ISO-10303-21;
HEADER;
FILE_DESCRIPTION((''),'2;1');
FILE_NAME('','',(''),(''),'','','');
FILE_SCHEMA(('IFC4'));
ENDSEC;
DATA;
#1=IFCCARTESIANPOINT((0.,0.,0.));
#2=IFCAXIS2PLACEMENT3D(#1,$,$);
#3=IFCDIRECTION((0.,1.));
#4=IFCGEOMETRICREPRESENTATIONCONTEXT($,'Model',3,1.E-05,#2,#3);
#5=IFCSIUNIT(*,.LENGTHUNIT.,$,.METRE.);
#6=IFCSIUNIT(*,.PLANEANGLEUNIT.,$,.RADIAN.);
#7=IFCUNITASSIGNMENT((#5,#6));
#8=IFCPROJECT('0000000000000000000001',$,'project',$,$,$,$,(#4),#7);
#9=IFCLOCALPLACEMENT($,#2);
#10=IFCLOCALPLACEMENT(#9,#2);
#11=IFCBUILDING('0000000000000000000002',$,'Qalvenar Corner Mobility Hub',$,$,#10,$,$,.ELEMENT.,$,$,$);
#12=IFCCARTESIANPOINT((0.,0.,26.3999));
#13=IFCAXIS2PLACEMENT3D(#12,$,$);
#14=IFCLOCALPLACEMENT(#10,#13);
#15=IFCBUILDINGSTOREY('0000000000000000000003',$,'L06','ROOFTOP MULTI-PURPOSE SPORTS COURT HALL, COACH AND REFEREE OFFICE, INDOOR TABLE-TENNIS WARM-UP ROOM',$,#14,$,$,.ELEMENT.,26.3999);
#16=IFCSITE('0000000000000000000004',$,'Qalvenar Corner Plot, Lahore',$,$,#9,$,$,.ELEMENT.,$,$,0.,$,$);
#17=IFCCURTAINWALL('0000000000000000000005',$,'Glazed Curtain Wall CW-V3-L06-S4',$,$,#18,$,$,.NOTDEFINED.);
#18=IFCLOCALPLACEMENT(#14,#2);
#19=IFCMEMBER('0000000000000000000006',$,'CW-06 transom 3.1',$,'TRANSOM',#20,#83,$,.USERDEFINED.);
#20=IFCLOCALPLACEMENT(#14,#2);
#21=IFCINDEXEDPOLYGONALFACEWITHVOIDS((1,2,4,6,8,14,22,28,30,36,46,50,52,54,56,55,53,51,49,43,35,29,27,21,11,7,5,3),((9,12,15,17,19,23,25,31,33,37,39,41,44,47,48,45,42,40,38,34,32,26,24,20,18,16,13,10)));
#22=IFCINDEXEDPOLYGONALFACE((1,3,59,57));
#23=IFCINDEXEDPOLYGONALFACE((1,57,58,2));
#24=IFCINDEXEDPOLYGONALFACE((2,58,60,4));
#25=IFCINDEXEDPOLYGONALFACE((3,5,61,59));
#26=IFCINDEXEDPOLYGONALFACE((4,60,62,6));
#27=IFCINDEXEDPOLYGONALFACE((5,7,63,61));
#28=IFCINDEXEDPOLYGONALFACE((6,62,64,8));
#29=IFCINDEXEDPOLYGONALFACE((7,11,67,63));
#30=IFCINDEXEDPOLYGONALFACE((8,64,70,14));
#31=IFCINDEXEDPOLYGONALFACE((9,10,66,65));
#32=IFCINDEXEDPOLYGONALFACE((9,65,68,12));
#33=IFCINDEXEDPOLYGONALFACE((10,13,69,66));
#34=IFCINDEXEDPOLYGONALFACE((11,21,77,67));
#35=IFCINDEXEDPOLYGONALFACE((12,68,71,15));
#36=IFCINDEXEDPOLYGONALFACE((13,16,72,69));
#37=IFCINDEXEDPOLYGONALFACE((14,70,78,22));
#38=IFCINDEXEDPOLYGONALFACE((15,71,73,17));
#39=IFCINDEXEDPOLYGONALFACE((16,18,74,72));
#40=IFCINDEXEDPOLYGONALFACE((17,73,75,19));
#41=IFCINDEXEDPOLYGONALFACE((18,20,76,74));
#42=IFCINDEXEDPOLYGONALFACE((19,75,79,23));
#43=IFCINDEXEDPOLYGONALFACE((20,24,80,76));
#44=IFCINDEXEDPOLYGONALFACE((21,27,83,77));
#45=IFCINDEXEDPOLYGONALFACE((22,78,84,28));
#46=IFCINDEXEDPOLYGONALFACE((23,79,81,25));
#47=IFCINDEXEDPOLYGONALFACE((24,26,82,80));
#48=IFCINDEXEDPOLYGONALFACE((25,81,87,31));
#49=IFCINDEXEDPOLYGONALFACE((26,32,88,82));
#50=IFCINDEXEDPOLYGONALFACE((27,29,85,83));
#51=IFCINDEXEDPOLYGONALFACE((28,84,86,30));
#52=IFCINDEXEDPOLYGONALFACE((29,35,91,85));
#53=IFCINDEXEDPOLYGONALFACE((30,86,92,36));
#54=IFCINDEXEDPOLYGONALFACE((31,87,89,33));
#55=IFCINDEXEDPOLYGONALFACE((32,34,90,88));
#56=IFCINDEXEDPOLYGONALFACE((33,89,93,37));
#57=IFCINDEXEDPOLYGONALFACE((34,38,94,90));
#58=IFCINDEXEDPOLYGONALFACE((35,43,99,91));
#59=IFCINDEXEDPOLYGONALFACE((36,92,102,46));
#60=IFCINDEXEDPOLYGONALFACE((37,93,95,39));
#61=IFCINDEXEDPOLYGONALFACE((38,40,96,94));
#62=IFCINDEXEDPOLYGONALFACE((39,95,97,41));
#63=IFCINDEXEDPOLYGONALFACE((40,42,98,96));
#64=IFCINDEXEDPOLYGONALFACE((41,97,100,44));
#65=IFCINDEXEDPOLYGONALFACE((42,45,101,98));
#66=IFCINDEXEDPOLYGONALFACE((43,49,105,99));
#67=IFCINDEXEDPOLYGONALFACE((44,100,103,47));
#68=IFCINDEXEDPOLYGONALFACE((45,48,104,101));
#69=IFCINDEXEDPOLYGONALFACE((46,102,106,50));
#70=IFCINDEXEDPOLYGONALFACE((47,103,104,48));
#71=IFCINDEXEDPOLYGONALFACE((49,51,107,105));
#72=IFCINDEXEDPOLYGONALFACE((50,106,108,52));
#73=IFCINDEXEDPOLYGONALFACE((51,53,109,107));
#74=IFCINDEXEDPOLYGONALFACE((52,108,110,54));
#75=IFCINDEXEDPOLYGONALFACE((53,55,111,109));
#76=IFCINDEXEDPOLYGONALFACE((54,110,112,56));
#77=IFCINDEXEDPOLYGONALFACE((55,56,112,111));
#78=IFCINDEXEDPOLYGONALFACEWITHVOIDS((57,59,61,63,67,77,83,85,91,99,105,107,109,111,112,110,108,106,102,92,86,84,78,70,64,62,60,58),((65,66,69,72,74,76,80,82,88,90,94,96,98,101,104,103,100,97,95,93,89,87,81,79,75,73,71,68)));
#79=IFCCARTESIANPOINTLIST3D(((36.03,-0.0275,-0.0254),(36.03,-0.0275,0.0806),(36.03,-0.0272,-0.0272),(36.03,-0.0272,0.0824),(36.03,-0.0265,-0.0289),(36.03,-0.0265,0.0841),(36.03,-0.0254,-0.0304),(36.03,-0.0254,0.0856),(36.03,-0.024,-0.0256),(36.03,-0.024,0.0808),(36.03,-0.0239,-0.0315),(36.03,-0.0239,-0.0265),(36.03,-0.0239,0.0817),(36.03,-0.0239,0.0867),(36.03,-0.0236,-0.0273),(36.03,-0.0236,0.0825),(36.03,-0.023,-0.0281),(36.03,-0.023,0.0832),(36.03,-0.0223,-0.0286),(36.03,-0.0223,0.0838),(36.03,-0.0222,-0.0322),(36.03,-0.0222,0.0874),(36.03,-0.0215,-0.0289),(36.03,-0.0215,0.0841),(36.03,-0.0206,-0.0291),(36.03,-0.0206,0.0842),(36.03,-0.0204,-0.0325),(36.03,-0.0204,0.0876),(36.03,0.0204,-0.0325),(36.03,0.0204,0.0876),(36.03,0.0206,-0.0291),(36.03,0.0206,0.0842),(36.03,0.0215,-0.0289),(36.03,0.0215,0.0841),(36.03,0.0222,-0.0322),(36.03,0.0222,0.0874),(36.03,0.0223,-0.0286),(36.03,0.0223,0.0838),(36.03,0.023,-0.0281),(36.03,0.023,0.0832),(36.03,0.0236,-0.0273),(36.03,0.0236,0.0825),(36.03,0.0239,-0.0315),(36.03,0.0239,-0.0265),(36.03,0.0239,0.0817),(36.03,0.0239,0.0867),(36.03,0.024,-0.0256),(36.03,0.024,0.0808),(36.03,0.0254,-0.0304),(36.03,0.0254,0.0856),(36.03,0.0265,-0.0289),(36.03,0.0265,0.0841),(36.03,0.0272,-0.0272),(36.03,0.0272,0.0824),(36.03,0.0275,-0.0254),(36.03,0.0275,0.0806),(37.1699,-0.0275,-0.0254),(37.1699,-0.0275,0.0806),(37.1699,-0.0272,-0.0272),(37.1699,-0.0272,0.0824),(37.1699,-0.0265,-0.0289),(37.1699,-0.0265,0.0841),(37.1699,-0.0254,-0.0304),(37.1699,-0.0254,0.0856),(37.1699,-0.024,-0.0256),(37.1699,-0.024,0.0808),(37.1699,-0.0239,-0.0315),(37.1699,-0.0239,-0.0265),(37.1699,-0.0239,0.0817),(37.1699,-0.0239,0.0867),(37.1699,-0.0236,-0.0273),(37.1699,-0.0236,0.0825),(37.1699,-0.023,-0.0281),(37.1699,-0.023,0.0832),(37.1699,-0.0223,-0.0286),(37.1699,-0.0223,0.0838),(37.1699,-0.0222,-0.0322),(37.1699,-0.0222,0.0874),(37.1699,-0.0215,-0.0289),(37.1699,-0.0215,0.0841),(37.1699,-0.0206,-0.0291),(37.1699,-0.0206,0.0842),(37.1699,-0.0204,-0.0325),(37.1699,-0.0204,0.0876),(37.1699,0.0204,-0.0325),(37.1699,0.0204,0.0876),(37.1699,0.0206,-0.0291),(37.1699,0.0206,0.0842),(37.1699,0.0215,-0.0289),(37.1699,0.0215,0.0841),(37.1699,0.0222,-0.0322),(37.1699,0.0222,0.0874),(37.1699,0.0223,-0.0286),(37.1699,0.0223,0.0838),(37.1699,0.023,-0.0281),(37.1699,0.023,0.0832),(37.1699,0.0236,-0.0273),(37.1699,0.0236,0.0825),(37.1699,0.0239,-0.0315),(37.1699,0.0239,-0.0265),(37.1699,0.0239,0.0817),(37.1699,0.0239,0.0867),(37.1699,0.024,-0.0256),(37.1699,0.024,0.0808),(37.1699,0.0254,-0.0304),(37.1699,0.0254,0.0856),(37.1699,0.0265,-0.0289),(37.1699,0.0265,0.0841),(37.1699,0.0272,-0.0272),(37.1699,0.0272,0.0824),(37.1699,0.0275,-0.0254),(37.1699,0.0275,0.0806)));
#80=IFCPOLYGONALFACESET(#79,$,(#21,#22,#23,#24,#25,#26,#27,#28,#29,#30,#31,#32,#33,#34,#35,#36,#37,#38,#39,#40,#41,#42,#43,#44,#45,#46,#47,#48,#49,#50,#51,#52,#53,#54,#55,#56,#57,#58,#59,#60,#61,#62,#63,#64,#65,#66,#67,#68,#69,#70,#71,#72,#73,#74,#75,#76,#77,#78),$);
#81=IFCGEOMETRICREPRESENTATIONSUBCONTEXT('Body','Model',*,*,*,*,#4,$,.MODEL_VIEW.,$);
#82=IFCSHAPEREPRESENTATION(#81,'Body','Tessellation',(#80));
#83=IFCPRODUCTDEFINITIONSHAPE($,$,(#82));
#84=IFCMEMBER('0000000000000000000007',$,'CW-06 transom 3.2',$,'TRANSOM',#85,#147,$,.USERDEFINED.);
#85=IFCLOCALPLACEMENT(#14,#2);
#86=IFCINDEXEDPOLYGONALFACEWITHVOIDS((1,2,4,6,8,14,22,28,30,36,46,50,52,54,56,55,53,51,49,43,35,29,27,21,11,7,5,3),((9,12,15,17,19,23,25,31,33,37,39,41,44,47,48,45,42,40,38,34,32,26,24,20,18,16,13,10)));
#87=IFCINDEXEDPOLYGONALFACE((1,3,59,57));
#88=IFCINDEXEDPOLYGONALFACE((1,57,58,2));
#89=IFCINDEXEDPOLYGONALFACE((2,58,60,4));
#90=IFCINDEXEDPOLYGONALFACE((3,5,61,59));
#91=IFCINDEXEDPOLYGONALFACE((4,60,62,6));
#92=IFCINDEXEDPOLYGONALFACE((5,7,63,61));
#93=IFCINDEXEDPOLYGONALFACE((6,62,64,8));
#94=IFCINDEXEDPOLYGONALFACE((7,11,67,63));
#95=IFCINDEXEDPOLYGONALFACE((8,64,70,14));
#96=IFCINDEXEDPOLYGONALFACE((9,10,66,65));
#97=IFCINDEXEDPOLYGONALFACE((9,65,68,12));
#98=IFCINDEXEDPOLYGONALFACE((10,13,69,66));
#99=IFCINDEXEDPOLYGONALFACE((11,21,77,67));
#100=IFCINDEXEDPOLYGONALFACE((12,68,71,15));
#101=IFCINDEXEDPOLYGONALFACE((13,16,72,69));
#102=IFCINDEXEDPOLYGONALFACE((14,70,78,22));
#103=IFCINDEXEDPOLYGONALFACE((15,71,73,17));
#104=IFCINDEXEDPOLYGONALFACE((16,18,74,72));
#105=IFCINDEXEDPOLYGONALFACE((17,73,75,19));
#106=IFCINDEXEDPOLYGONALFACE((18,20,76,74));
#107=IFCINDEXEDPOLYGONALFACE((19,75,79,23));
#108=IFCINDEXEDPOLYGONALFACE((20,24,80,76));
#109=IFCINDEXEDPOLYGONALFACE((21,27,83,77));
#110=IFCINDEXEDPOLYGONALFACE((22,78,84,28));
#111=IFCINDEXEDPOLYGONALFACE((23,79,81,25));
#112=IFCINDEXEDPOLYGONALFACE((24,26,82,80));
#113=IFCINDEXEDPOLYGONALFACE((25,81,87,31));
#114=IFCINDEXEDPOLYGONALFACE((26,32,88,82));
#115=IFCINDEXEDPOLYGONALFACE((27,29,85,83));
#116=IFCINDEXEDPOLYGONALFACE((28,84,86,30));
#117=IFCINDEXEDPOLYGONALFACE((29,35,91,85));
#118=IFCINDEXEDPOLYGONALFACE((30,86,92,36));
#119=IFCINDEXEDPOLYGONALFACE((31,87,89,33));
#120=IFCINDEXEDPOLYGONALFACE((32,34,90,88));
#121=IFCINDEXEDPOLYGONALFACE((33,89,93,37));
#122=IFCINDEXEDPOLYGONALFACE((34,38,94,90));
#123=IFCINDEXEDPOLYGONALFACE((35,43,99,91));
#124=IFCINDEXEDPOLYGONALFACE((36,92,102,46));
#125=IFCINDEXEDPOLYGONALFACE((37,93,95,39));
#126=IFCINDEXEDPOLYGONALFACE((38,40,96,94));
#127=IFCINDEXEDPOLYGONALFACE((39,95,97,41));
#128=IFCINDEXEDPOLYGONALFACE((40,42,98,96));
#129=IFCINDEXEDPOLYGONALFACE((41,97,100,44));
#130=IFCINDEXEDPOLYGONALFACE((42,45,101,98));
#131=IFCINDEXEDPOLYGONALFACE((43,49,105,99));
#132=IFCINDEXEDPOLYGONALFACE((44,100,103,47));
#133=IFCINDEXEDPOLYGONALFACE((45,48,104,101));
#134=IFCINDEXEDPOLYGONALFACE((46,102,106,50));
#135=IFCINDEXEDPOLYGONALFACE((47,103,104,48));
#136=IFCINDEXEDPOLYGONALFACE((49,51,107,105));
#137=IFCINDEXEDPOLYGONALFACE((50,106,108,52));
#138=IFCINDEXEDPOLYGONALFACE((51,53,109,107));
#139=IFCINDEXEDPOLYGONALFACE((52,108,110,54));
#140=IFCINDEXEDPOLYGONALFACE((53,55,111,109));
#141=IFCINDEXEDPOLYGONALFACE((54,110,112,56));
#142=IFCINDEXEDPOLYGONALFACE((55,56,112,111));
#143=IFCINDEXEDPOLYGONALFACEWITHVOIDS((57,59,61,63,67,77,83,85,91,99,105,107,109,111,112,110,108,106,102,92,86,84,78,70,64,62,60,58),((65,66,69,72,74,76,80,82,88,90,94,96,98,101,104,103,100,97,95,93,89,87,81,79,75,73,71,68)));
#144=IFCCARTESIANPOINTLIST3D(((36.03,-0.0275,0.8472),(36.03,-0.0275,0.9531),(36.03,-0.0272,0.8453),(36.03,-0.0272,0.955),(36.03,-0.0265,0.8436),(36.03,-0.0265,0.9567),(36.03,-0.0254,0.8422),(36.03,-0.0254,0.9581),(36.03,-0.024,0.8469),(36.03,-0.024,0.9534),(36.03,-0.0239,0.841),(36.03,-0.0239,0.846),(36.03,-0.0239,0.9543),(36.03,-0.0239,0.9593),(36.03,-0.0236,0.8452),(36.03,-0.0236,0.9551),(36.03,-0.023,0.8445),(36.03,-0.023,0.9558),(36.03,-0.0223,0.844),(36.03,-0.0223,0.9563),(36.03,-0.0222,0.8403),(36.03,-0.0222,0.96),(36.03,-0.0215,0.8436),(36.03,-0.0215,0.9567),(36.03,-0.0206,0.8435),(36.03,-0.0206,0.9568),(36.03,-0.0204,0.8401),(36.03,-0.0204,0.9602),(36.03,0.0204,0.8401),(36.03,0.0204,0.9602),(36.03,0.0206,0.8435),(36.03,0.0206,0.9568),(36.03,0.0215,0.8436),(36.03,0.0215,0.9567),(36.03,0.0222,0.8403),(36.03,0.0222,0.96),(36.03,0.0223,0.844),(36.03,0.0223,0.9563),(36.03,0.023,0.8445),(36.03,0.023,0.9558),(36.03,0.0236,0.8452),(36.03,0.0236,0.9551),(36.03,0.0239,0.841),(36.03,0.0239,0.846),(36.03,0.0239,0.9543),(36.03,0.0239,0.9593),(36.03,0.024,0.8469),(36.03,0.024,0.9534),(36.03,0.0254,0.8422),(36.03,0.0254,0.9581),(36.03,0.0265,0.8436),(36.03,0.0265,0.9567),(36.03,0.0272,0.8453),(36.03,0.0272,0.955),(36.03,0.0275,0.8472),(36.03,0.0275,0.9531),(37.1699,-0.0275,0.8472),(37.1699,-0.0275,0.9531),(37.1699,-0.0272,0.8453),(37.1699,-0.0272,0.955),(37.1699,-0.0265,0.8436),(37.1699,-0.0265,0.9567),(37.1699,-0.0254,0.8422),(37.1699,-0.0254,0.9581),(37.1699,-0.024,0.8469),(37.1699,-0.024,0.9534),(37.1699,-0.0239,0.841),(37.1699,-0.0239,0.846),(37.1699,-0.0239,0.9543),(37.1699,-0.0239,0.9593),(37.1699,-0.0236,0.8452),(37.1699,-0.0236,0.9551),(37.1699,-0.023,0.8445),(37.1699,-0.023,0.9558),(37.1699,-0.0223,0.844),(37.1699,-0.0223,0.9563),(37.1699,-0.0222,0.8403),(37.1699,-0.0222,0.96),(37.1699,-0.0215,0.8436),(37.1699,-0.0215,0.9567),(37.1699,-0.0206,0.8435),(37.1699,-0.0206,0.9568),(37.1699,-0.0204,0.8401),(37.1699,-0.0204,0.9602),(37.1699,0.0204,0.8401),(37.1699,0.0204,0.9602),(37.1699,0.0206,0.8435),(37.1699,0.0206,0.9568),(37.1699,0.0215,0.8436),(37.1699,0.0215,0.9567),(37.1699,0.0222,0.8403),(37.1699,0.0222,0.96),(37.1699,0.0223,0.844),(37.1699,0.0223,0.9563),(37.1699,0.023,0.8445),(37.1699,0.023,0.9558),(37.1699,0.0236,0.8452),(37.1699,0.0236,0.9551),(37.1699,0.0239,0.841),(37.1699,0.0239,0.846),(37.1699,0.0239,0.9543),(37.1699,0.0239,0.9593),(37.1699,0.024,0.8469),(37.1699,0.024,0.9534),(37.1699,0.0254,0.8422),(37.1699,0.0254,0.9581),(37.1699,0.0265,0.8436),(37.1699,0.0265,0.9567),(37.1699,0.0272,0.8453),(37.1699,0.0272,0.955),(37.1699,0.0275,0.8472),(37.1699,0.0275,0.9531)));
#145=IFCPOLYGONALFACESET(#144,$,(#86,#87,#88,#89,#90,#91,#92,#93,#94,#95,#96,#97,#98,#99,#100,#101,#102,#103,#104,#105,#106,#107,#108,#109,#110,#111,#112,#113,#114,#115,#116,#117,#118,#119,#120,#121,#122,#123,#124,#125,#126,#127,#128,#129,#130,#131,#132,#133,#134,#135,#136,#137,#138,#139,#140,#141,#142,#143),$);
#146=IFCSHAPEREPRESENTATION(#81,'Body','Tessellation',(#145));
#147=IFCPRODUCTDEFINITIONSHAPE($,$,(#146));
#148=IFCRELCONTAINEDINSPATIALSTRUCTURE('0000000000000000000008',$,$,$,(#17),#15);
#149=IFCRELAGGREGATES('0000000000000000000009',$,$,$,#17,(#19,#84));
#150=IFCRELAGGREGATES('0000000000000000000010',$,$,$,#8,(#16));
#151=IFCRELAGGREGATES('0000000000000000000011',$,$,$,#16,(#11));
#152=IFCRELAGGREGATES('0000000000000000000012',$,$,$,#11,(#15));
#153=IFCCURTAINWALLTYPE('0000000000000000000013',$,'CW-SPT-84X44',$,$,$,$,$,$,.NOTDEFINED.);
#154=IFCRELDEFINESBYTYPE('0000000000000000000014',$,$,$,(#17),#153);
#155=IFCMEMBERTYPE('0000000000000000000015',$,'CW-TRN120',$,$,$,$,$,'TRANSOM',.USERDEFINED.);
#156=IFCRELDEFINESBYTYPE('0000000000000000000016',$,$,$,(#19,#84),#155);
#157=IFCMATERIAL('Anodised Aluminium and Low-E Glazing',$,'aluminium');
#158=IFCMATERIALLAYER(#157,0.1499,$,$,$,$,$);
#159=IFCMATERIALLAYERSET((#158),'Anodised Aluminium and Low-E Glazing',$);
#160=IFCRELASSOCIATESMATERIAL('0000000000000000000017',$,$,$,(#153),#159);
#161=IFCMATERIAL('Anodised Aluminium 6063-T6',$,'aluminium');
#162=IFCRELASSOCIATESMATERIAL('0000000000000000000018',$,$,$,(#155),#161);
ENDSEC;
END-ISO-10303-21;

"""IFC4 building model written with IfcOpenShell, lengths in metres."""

from ifc_helpers import new_model, si_unit, direction, frame, origin, origin_2d, place, context, subcontext, project, spatial, hollow_rectangle, extrude, material, layer, layer_set, material_profile, profile_set, type_object, element, aggregate, save


model = new_model("IFC4")

# Units and contexts
model_context = context("Model", 3, precision=1e-05, world=origin(), true_north=direction((0.0, 1.0)))
body_context = subcontext(model_context, "Body", "Model", "MODEL_VIEW")
ifc_project = project(units=[si_unit("LENGTHUNIT", "METRE"), si_unit("PLANEANGLEUNIT", "RADIAN")], contexts=[model_context])

# Site, building, storey
site_placement = place(None, origin())
site = spatial("IfcSite", under=ifc_project, at=site_placement, Name="Qalvenar Corner Plot, Lahore", CompositionType="ELEMENT", RefElevation=0.0)
building_placement = place(site_placement, origin())
building = spatial("IfcBuilding", under=site, at=building_placement, Name="Qalvenar Corner Mobility Hub", CompositionType="ELEMENT")
storey_placement = place(building_placement, frame((0.0, 0.0, 26.3999)))
storey = spatial("IfcBuildingStorey", under=building, at=storey_placement, Name="L06", Description="ROOFTOP MULTI-PURPOSE SPORTS COURT HALL, COACH AND REFEREE OFFICE, INDOOR TABLE-TENNIS WARM-UP ROOM", CompositionType="ELEMENT", Elevation=26.3999)

# Curtain wall, members
ifc_material_1 = material(Name="Anodised Aluminium and Low-E Glazing", Category="aluminium")
ifc_layer_1 = layer(ifc_material_1, 0.1499)
ifc_layer_set_1 = layer_set([ifc_layer_1], Name="Anodised Aluminium and Low-E Glazing")
curtain_wall_type = type_object("IfcCurtainWallType", Name="CW-SPT-84X44", PredefinedType="NOTDEFINED", material=ifc_layer_set_1)
curtain_wall_placement = place(storey_placement, origin())
curtain_wall = element("IfcCurtainWall", 1, at=curtain_wall_placement, inside=storey, type_object=curtain_wall_type, Name="Glazed Curtain Wall CW-V3-L06-S4", PredefinedType="NOTDEFINED")
ifc_material_2 = material(Name="Anodised Aluminium 6063-T6", Category="aluminium")
ifc_material_profile_1 = material_profile(ifc_material_2, hollow_rectangle(XDim=0.0549, YDim=0.1201, WallThickness=0.0034, InnerFilletRadius=0.0034, OuterFilletRadius=0.0071, at=origin_2d()), Name="RHS120x55x3.5")
ifc_profile_set_1 = profile_set([ifc_material_profile_1], Name="Anodised Aluminium 6063-T6")
member_type_1 = type_object("IfcMemberType", Name="CW-TRN120", ElementType="TRANSOM", PredefinedType="USERDEFINED", material=ifc_profile_set_1)
member_1_placement = place(storey_placement, frame((36.03, 0.0, 0.0276), z_axis=(1.0, 0.0, 0.0), x_axis=(0.0, 1.0, 0.0)))
member_1 = element("IfcMember", 2, at=member_1_placement, type_object=member_type_1, Name="CW-06 transom 3.1", ObjectType="TRANSOM", PredefinedType="USERDEFINED", context=body_context, shape_type="SweptSolid", body=[
    extrude(hollow_rectangle(XDim=0.0549, YDim=0.1201, WallThickness=0.0034, InnerFilletRadius=0.0034, OuterFilletRadius=0.0071, at=origin_2d()), origin(), (0.0, 0.0, 1.0), 1.1399),
])
member_2_placement = place(storey_placement, frame((36.03, 0.0, 0.9001), z_axis=(1.0, 0.0, 0.0), x_axis=(0.0, 1.0, 0.0)))
member_2 = element("IfcMember", 3, at=member_2_placement, type_object=member_type_1, Name="CW-06 transom 3.2", ObjectType="TRANSOM", PredefinedType="USERDEFINED", context=body_context, shape_type="SweptSolid", body=[
    extrude(hollow_rectangle(XDim=0.0549, YDim=0.1201, WallThickness=0.0034, InnerFilletRadius=0.0034, OuterFilletRadius=0.0071, at=origin_2d()), origin(), (0.0, 0.0, 1.0), 1.1399),
])
aggregate(curtain_wall, [member_1, member_2])

save(model, "model.ifc")
